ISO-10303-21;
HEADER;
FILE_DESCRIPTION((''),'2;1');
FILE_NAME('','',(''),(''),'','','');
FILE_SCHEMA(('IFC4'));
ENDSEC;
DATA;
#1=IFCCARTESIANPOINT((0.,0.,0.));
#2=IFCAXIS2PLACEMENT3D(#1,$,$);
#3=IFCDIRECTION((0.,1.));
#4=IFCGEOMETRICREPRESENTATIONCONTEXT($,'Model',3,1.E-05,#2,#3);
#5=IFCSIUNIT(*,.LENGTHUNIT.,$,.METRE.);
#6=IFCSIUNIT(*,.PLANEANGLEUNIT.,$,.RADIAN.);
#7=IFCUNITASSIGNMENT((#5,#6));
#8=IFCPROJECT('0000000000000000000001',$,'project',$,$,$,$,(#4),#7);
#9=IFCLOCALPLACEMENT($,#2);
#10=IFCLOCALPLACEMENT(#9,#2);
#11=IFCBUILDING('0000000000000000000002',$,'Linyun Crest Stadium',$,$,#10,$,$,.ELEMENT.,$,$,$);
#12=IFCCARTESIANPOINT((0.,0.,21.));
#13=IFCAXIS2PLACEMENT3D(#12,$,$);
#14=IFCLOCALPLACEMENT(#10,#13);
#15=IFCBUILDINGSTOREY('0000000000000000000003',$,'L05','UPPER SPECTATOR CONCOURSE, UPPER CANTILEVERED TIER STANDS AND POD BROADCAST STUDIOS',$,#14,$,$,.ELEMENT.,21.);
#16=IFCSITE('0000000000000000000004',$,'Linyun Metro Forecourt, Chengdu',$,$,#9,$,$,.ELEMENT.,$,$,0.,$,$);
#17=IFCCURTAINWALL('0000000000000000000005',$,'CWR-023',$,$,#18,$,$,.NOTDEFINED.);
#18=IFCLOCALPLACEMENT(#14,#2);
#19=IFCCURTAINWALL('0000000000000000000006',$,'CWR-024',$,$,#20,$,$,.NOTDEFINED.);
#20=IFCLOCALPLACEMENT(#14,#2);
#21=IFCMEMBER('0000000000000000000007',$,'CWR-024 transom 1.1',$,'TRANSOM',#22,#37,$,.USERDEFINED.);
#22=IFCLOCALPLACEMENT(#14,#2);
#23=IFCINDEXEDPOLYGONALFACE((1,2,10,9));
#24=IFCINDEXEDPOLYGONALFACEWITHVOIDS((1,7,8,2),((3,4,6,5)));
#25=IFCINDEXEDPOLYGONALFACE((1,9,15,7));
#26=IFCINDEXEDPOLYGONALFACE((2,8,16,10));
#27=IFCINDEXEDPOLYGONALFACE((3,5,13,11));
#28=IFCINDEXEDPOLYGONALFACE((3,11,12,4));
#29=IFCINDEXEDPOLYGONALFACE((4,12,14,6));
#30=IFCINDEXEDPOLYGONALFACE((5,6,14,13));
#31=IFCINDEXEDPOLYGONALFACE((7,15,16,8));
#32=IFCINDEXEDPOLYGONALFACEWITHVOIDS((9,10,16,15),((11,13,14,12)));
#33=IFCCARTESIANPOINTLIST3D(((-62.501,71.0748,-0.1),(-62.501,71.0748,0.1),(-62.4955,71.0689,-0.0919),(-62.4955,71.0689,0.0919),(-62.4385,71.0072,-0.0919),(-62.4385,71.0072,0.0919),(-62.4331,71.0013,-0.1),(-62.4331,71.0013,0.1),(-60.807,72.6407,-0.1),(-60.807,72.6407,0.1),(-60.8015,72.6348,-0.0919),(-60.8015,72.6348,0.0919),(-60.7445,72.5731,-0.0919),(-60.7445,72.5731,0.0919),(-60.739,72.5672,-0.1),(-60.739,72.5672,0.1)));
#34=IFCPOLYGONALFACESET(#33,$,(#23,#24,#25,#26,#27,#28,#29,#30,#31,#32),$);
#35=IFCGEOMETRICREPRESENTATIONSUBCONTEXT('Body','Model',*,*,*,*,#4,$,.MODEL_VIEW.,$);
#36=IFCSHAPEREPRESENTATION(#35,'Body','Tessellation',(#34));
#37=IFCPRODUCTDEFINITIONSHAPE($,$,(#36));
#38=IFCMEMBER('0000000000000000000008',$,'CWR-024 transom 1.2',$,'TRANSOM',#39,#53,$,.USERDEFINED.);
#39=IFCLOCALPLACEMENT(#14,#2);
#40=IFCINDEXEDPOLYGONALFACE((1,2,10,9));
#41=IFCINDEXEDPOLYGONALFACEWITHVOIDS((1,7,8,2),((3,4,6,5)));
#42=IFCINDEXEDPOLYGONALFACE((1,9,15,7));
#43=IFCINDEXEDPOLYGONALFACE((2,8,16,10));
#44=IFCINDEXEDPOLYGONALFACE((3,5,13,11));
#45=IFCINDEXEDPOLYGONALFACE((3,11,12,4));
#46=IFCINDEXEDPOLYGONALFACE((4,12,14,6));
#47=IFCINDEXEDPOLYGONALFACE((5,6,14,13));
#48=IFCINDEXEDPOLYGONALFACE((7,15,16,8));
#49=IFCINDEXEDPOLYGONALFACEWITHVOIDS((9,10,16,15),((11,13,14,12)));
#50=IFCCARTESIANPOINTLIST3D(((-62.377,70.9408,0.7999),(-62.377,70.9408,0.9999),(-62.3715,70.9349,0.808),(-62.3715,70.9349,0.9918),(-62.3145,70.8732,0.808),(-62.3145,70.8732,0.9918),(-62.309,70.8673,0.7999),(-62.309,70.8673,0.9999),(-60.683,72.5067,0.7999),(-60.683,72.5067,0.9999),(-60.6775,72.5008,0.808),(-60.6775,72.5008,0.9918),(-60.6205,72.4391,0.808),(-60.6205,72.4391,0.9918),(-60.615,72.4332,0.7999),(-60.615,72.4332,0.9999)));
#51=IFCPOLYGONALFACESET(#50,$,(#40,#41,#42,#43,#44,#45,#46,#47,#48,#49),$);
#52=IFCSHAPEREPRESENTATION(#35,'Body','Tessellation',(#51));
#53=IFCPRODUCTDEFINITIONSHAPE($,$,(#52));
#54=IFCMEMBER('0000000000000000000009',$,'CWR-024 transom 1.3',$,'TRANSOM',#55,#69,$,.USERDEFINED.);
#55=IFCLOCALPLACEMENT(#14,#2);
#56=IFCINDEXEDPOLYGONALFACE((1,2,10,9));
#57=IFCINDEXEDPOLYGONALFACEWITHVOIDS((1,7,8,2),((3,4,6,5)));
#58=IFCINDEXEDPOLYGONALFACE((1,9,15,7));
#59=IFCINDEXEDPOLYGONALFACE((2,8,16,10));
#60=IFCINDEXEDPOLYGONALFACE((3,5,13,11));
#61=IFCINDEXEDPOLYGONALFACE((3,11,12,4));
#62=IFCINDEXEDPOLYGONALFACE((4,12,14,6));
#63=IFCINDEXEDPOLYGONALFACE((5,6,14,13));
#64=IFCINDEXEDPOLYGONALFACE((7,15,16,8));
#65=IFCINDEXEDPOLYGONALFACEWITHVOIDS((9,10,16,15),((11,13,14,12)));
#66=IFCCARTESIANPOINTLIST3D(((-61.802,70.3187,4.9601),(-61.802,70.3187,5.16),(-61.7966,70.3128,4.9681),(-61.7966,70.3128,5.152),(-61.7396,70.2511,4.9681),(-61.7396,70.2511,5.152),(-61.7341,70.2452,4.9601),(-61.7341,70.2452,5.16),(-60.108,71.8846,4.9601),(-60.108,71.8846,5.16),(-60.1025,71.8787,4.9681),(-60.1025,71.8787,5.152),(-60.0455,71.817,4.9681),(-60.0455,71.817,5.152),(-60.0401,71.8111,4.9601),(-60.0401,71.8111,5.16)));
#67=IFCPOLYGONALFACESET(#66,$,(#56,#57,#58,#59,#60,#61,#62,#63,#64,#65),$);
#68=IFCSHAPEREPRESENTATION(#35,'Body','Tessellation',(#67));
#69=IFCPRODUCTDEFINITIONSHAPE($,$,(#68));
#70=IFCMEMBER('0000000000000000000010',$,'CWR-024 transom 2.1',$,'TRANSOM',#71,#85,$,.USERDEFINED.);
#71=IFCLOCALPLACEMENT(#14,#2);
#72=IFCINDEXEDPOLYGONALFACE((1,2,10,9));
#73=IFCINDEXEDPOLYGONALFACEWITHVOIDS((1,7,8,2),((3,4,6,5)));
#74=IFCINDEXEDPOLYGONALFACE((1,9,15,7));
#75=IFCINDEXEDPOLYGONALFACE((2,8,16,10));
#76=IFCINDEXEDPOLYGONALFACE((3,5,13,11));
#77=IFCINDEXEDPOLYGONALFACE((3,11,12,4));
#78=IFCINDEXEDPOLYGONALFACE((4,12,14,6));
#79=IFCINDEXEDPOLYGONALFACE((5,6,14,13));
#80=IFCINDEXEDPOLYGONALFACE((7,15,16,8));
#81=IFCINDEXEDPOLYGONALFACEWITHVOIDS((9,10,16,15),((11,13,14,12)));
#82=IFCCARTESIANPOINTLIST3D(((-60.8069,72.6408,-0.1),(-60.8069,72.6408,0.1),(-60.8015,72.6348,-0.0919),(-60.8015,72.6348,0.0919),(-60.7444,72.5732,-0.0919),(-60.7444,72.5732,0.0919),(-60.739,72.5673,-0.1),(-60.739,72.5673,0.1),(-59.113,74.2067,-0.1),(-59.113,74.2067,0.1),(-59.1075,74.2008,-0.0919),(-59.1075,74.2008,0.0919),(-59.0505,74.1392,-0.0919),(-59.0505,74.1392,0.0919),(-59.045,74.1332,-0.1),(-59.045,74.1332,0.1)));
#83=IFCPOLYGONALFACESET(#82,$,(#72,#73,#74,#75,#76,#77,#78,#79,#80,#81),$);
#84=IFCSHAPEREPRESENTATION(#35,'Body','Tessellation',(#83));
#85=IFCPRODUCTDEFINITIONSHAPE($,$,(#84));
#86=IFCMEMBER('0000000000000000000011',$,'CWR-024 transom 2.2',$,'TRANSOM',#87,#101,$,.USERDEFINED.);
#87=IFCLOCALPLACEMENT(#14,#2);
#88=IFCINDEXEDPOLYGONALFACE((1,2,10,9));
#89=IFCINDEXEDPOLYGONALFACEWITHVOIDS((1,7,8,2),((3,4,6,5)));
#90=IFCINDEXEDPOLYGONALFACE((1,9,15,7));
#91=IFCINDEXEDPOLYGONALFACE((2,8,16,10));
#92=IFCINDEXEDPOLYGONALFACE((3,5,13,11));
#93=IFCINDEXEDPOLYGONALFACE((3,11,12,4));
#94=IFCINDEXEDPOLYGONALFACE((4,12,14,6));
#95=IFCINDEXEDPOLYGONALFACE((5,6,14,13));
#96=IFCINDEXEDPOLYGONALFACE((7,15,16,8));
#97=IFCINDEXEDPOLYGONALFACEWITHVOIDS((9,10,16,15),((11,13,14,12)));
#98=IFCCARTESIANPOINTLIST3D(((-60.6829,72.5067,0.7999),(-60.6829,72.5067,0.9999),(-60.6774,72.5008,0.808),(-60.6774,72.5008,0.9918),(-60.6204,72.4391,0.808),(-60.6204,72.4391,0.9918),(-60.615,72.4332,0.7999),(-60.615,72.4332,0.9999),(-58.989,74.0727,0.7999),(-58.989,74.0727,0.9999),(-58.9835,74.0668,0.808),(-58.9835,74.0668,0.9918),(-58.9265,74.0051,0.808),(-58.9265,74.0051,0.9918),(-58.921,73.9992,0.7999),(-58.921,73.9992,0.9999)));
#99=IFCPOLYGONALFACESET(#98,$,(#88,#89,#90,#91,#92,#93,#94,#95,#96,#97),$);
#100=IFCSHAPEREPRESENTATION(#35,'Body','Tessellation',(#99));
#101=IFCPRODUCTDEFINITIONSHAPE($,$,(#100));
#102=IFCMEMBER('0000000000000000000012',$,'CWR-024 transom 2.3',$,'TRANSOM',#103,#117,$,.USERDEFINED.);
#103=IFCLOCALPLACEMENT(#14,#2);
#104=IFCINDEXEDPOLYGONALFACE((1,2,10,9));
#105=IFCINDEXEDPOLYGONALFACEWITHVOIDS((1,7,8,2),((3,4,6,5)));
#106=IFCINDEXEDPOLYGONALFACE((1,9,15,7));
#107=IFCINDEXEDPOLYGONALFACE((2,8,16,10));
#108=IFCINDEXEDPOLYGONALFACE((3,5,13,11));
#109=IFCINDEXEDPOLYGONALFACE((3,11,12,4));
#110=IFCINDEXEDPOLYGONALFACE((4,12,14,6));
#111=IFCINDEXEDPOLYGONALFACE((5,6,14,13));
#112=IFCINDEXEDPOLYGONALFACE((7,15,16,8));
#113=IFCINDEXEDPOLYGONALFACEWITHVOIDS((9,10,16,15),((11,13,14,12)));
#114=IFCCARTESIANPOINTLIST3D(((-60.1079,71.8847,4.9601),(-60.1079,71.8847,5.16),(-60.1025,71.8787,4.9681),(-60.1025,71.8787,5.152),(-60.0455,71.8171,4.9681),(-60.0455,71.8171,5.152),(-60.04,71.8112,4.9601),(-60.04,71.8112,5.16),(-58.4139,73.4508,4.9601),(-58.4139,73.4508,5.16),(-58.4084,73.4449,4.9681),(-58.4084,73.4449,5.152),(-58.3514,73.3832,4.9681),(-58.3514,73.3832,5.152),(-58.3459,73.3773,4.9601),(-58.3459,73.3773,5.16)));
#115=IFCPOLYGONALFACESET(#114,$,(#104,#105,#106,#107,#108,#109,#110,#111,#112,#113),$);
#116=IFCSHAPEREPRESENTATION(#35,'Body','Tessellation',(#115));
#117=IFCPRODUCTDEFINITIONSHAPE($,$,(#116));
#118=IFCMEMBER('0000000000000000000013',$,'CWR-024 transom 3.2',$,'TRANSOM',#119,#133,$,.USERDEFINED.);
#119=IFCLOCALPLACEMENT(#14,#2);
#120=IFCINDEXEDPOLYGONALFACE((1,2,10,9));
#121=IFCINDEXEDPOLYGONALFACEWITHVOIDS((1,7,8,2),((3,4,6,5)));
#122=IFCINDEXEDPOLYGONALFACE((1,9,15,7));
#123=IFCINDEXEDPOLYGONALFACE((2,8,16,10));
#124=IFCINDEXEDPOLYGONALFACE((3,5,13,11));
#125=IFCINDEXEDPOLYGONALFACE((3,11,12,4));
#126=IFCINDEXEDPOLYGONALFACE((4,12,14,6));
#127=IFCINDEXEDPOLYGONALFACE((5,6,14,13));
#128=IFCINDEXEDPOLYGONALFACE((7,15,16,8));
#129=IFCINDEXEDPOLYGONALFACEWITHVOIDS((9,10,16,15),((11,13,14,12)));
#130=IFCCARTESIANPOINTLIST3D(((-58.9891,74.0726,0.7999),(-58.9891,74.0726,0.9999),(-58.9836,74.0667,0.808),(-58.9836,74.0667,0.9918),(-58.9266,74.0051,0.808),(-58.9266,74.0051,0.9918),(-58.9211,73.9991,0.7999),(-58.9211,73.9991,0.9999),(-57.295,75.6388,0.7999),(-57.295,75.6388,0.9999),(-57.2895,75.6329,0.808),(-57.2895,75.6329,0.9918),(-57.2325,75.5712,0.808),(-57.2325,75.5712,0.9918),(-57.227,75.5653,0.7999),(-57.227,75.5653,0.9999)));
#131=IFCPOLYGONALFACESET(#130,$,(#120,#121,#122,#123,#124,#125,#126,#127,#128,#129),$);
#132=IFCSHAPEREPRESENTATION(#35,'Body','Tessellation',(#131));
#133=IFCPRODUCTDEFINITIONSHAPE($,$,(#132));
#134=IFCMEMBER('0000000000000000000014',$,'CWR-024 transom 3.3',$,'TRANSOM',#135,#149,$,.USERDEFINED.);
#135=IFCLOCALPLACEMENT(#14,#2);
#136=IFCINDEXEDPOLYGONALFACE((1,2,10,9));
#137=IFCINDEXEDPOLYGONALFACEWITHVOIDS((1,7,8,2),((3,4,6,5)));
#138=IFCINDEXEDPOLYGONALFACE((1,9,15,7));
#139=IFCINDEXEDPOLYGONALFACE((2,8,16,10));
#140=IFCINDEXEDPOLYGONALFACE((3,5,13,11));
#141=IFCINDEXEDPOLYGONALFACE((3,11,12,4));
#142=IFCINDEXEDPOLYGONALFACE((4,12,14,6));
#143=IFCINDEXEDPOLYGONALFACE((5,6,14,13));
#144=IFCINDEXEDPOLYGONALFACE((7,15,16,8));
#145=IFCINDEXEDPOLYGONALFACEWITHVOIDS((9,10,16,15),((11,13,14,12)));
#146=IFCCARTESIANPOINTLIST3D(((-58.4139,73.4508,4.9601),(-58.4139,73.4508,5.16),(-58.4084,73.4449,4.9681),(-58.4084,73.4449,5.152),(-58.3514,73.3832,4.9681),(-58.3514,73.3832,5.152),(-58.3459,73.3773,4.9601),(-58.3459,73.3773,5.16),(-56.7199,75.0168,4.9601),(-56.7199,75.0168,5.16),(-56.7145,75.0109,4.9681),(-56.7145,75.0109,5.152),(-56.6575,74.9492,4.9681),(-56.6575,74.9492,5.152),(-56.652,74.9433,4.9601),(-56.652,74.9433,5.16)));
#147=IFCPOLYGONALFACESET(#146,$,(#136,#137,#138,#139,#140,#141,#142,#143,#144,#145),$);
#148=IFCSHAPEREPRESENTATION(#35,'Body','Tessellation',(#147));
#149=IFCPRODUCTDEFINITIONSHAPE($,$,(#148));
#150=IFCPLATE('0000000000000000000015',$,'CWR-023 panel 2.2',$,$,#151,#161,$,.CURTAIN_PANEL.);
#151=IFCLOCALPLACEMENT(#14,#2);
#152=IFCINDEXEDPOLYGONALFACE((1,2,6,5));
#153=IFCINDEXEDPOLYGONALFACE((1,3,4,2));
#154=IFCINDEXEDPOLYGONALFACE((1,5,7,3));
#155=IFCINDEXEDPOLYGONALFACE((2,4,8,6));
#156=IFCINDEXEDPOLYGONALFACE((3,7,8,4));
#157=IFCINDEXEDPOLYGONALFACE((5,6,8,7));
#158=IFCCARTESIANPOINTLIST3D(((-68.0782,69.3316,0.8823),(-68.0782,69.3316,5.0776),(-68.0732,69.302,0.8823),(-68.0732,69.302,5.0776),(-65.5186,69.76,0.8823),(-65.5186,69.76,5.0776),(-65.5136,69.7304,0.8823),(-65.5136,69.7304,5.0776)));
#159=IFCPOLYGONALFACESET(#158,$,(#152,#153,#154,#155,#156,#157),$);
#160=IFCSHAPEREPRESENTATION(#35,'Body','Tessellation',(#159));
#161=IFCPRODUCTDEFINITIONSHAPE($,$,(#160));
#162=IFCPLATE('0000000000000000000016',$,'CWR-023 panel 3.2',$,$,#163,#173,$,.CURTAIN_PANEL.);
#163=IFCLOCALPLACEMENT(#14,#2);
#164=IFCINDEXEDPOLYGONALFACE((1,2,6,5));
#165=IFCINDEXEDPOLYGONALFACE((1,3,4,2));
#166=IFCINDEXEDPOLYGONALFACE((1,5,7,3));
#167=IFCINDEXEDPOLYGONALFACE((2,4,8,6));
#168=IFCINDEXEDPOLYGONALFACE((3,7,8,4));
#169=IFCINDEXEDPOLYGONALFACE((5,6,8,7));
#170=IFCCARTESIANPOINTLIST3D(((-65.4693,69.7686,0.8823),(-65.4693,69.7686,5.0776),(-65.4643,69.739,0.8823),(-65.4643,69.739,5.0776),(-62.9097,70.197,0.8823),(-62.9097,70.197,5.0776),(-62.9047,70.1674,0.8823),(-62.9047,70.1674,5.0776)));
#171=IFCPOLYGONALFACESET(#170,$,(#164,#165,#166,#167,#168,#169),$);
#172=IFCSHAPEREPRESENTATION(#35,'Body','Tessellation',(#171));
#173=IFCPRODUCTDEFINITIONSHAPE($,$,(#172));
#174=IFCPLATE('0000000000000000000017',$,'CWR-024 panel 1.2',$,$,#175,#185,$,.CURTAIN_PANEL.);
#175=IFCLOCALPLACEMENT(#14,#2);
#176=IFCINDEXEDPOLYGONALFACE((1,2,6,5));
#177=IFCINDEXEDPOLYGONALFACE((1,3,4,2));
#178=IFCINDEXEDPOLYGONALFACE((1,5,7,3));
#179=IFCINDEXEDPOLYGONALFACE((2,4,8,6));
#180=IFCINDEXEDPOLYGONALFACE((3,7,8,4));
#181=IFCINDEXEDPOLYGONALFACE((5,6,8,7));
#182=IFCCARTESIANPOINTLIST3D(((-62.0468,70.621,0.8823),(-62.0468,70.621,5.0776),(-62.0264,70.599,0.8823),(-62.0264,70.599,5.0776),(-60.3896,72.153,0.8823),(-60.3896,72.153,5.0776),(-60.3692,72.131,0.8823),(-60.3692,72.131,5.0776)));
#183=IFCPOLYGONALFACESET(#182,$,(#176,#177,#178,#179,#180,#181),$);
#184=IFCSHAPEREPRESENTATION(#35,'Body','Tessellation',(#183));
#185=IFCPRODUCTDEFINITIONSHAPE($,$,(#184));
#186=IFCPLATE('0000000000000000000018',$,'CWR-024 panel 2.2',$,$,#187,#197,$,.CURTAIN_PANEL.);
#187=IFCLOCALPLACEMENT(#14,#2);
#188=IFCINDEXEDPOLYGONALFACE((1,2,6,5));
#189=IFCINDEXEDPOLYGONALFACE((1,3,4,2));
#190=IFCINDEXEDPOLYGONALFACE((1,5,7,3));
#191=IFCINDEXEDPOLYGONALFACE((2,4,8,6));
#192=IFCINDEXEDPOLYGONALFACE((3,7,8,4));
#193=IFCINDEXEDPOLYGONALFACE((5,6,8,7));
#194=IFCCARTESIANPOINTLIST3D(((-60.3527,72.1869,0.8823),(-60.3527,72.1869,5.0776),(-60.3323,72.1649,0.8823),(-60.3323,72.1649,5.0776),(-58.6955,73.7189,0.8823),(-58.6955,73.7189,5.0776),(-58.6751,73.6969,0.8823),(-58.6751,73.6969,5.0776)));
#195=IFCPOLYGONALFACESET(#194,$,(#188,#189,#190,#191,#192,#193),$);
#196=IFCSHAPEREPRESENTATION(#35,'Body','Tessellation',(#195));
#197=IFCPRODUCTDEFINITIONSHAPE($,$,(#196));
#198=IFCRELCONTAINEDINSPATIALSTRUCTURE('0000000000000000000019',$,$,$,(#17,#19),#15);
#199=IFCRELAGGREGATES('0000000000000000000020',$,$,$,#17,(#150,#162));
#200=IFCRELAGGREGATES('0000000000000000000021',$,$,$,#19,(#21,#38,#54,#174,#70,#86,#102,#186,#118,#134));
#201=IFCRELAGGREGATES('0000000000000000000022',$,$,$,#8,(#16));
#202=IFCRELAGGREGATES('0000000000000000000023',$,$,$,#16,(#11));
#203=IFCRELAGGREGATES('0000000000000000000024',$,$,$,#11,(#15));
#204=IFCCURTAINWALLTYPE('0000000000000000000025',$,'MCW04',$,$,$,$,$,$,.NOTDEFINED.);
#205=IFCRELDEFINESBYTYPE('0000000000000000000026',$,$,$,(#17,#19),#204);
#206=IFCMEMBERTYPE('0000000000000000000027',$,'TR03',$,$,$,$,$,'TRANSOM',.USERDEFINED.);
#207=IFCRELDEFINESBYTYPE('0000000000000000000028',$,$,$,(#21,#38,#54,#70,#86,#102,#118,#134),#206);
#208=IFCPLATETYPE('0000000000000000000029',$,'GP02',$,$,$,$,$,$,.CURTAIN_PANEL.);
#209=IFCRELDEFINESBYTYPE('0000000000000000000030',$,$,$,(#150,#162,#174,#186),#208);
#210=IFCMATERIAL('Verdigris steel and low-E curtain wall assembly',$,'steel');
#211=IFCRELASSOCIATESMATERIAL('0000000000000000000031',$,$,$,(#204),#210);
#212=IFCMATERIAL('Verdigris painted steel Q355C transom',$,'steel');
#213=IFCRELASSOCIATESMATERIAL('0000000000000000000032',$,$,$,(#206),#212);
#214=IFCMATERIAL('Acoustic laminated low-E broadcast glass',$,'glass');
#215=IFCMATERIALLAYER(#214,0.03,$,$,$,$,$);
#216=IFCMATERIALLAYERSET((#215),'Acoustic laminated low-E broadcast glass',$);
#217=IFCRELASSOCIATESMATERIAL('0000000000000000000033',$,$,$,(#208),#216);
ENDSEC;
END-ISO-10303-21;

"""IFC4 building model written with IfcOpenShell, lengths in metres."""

from ifc_helpers import new_model, si_unit, direction, frame, origin, origin_2d, place, context, subcontext, project, spatial, rectangle, hollow_rectangle, extrude, material, layer, layer_set, material_profile, profile_set, type_object, element, aggregate, save


model = new_model("IFC4")

# Units and contexts
model_context = context("Model", 3, precision=1e-05, world=origin(), true_north=direction((0.0, 1.0)))
body_context = subcontext(model_context, "Body", "Model", "MODEL_VIEW")
ifc_project = project(units=[si_unit("LENGTHUNIT", "METRE"), si_unit("PLANEANGLEUNIT", "RADIAN")], contexts=[model_context])

# Site, building, storey
site_placement = place(None, origin())
site = spatial("IfcSite", under=ifc_project, at=site_placement, Name="Linyun Metro Forecourt, Chengdu", CompositionType="ELEMENT", RefElevation=0.0)
building_placement = place(site_placement, origin())
building = spatial("IfcBuilding", under=site, at=building_placement, Name="Linyun Crest Stadium", CompositionType="ELEMENT")
storey_placement = place(building_placement, frame((0.0, 0.0, 21.0)))
storey = spatial("IfcBuildingStorey", under=building, at=storey_placement, Name="L05", Description="UPPER SPECTATOR CONCOURSE, UPPER CANTILEVERED TIER STANDS AND POD BROADCAST STUDIOS", CompositionType="ELEMENT", Elevation=21.0)

# Curtain walls
ifc_material_1 = material(Name="Verdigris steel and low-E curtain wall assembly", Category="steel")
curtain_wall_type = type_object("IfcCurtainWallType", Name="MCW04", PredefinedType="NOTDEFINED", material=ifc_material_1)
curtain_wall_1_placement = place(storey_placement, origin())
curtain_wall_1 = element("IfcCurtainWall", 1, at=curtain_wall_1_placement, inside=storey, type_object=curtain_wall_type, Name="CWR-023", PredefinedType="NOTDEFINED")
curtain_wall_2_placement = place(storey_placement, origin())
curtain_wall_2 = element("IfcCurtainWall", 2, at=curtain_wall_2_placement, inside=storey, type_object=curtain_wall_type, Name="CWR-024", PredefinedType="NOTDEFINED")

# Members
ifc_material_2 = material(Name="Verdigris painted steel Q355C transom", Category="steel")
ifc_material_profile_1 = material_profile(ifc_material_2, hollow_rectangle(XDim=0.1001, YDim=0.2, WallThickness=0.0081, at=origin_2d()), Name="RHS 200x100x8")
ifc_profile_set_1 = profile_set([ifc_material_profile_1], Name="Verdigris painted steel Q355C transom")
member_type_1 = type_object("IfcMemberType", Name="TR03", ElementType="TRANSOM", PredefinedType="USERDEFINED", material=ifc_profile_set_1)
member_1_placement = place(storey_placement, frame((-62.467, 71.0381, 0.0), z_axis=(0.734341, 0.678781, 0.0), x_axis=(-0.678781, 0.734341, 0.0)))
member_1 = element("IfcMember", 3, at=member_1_placement, type_object=member_type_1, Name="CWR-024 transom 1.1", ObjectType="TRANSOM", PredefinedType="USERDEFINED", context=body_context, shape_type="SweptSolid", body=[
    extrude(hollow_rectangle(XDim=0.1001, YDim=0.2, WallThickness=0.0081, at=origin_2d()), origin(), (0.0, 0.0, 1.0), 2.3069),
])
member_2_placement = place(storey_placement, frame((-62.343, 70.9041, 0.8999), z_axis=(0.734341, 0.678781, 0.0), x_axis=(-0.678781, 0.734341, 0.0)))
member_2 = element("IfcMember", 4, at=member_2_placement, type_object=member_type_1, Name="CWR-024 transom 1.2", ObjectType="TRANSOM", PredefinedType="USERDEFINED", context=body_context, shape_type="SweptSolid", body=[
    extrude(hollow_rectangle(XDim=0.1001, YDim=0.2, WallThickness=0.0081, at=origin_2d()), origin(), (0.0, 0.0, 1.0), 2.3069),
])
member_3_placement = place(storey_placement, frame((-61.7681, 70.282, 5.0601), z_axis=(0.734341, 0.678781, 0.0), x_axis=(-0.678781, 0.734341, 0.0)))
member_3 = element("IfcMember", 5, at=member_3_placement, type_object=member_type_1, Name="CWR-024 transom 1.3", ObjectType="TRANSOM", PredefinedType="USERDEFINED", context=body_context, shape_type="SweptSolid", body=[
    extrude(hollow_rectangle(XDim=0.1001, YDim=0.2, WallThickness=0.0081, at=origin_2d()), origin(), (0.0, 0.0, 1.0), 2.3069),
])
member_4_placement = place(storey_placement, frame((-60.7729, 72.604, 0.0), z_axis=(0.734292, 0.678834, 0.0), x_axis=(-0.678834, 0.734292, 0.0)))
member_4 = element("IfcMember", 6, at=member_4_placement, type_object=member_type_1, Name="CWR-024 transom 2.1", ObjectType="TRANSOM", PredefinedType="USERDEFINED", context=body_context, shape_type="SweptSolid", body=[
    extrude(hollow_rectangle(XDim=0.1001, YDim=0.2, WallThickness=0.0081, at=origin_2d()), origin(), (0.0, 0.0, 1.0), 2.3069),
])
member_5_placement = place(storey_placement, frame((-60.6489, 72.47, 0.8999), z_axis=(0.734292, 0.678834, 0.0), x_axis=(-0.678834, 0.734292, 0.0)))
member_5 = element("IfcMember", 7, at=member_5_placement, type_object=member_type_1, Name="CWR-024 transom 2.2", ObjectType="TRANSOM", PredefinedType="USERDEFINED", context=body_context, shape_type="SweptSolid", body=[
    extrude(hollow_rectangle(XDim=0.1001, YDim=0.2, WallThickness=0.0081, at=origin_2d()), origin(), (0.0, 0.0, 1.0), 2.3069),
])
member_6_placement = place(storey_placement, frame((-60.074, 71.8479, 5.0601), z_axis=(0.734288, 0.678838, 0.0), x_axis=(-0.678838, 0.734288, 0.0)))
member_6 = element("IfcMember", 8, at=member_6_placement, type_object=member_type_1, Name="CWR-024 transom 2.3", ObjectType="TRANSOM", PredefinedType="USERDEFINED", context=body_context, shape_type="SweptSolid", body=[
    extrude(hollow_rectangle(XDim=0.1001, YDim=0.2, WallThickness=0.0081, at=origin_2d()), origin(), (0.0, 0.0, 1.0), 2.3071),
])
member_7_placement = place(storey_placement, frame((-58.9551, 74.0359, 0.8999), z_axis=(0.734288, 0.678838, 0.0), x_axis=(-0.678838, 0.734288, 0.0)))
member_7 = element("IfcMember", 9, at=member_7_placement, type_object=member_type_1, Name="CWR-024 transom 3.2", ObjectType="TRANSOM", PredefinedType="USERDEFINED", context=body_context, shape_type="SweptSolid", body=[
    extrude(hollow_rectangle(XDim=0.1001, YDim=0.2, WallThickness=0.0081, at=origin_2d()), origin(), (0.0, 0.0, 1.0), 2.3071),
])
member_8_placement = place(storey_placement, frame((-58.3799, 73.4141, 5.0601), z_axis=(0.734292, 0.678834, 0.0), x_axis=(-0.678834, 0.734292, 0.0)))
member_8 = element("IfcMember", 10, at=member_8_placement, type_object=member_type_1, Name="CWR-024 transom 3.3", ObjectType="TRANSOM", PredefinedType="USERDEFINED", context=body_context, shape_type="SweptSolid", body=[
    extrude(hollow_rectangle(XDim=0.1001, YDim=0.2, WallThickness=0.0081, at=origin_2d()), origin(), (0.0, 0.0, 1.0), 2.3069),
])

# Plates
ifc_material_3 = material(Name="Acoustic laminated low-E broadcast glass", Category="glass")
ifc_layer_1 = layer(ifc_material_3, 0.03)
ifc_layer_set_1 = layer_set([ifc_layer_1], Name="Acoustic laminated low-E broadcast glass")
plate_type_1 = type_object("IfcPlateType", Name="GP02", PredefinedType="CURTAIN_PANEL", material=ifc_layer_set_1)
plate_1_placement = place(storey_placement, frame((-66.7959, 69.531, 0.8823), z_axis=(0.0, 0.0, 1.0), x_axis=(0.986283, 0.165065, 0.0)))
plate_1 = element("IfcPlate", 11, at=plate_1_placement, type_object=plate_type_1, Name="CWR-023 panel 2.2", PredefinedType="CURTAIN_PANEL", context=body_context, shape_type="SweptSolid", body=[
    extrude(rectangle(XDim=2.5952, YDim=0.03, at=origin_2d()), origin(), (0.0, 0.0, 1.0), 4.1953),
])
plate_2_placement = place(storey_placement, frame((-64.187, 69.968, 0.8823), z_axis=(0.0, 0.0, 1.0), x_axis=(0.986283, 0.165065, 0.0)))
plate_2 = element("IfcPlate", 12, at=plate_2_placement, type_object=plate_type_1, Name="CWR-023 panel 3.2", PredefinedType="CURTAIN_PANEL", context=body_context, shape_type="SweptSolid", body=[
    extrude(rectangle(XDim=2.5952, YDim=0.03, at=origin_2d()), origin(), (0.0, 0.0, 1.0), 4.1953),
])
plate_3_placement = place(storey_placement, frame((-61.208, 71.376, 0.8823), z_axis=(0.0, 0.0, 1.0), x_axis=(0.734299, 0.678826, 0.0)))
plate_3 = element("IfcPlate", 13, at=plate_3_placement, type_object=plate_type_1, Name="CWR-024 panel 1.2", PredefinedType="CURTAIN_PANEL", context=body_context, shape_type="SweptSolid", body=[
    extrude(rectangle(XDim=2.2568, YDim=0.03, at=origin_2d()), origin(), (0.0, 0.0, 1.0), 4.1953),
])
plate_4_placement = place(storey_placement, frame((-59.5139, 72.9419, 0.8823), z_axis=(0.0, 0.0, 1.0), x_axis=(0.734299, 0.678826, 0.0)))
plate_4 = element("IfcPlate", 14, at=plate_4_placement, type_object=plate_type_1, Name="CWR-024 panel 2.2", PredefinedType="CURTAIN_PANEL", context=body_context, shape_type="SweptSolid", body=[
    extrude(rectangle(XDim=2.2568, YDim=0.03, at=origin_2d()), origin(), (0.0, 0.0, 1.0), 4.1953),
])
aggregate(curtain_wall_1, [plate_1, plate_2])
aggregate(curtain_wall_2, [member_1, member_2, member_3, plate_3, member_4, member_5, member_6, plate_4, member_7, member_8])

save(model, "model.ifc")
